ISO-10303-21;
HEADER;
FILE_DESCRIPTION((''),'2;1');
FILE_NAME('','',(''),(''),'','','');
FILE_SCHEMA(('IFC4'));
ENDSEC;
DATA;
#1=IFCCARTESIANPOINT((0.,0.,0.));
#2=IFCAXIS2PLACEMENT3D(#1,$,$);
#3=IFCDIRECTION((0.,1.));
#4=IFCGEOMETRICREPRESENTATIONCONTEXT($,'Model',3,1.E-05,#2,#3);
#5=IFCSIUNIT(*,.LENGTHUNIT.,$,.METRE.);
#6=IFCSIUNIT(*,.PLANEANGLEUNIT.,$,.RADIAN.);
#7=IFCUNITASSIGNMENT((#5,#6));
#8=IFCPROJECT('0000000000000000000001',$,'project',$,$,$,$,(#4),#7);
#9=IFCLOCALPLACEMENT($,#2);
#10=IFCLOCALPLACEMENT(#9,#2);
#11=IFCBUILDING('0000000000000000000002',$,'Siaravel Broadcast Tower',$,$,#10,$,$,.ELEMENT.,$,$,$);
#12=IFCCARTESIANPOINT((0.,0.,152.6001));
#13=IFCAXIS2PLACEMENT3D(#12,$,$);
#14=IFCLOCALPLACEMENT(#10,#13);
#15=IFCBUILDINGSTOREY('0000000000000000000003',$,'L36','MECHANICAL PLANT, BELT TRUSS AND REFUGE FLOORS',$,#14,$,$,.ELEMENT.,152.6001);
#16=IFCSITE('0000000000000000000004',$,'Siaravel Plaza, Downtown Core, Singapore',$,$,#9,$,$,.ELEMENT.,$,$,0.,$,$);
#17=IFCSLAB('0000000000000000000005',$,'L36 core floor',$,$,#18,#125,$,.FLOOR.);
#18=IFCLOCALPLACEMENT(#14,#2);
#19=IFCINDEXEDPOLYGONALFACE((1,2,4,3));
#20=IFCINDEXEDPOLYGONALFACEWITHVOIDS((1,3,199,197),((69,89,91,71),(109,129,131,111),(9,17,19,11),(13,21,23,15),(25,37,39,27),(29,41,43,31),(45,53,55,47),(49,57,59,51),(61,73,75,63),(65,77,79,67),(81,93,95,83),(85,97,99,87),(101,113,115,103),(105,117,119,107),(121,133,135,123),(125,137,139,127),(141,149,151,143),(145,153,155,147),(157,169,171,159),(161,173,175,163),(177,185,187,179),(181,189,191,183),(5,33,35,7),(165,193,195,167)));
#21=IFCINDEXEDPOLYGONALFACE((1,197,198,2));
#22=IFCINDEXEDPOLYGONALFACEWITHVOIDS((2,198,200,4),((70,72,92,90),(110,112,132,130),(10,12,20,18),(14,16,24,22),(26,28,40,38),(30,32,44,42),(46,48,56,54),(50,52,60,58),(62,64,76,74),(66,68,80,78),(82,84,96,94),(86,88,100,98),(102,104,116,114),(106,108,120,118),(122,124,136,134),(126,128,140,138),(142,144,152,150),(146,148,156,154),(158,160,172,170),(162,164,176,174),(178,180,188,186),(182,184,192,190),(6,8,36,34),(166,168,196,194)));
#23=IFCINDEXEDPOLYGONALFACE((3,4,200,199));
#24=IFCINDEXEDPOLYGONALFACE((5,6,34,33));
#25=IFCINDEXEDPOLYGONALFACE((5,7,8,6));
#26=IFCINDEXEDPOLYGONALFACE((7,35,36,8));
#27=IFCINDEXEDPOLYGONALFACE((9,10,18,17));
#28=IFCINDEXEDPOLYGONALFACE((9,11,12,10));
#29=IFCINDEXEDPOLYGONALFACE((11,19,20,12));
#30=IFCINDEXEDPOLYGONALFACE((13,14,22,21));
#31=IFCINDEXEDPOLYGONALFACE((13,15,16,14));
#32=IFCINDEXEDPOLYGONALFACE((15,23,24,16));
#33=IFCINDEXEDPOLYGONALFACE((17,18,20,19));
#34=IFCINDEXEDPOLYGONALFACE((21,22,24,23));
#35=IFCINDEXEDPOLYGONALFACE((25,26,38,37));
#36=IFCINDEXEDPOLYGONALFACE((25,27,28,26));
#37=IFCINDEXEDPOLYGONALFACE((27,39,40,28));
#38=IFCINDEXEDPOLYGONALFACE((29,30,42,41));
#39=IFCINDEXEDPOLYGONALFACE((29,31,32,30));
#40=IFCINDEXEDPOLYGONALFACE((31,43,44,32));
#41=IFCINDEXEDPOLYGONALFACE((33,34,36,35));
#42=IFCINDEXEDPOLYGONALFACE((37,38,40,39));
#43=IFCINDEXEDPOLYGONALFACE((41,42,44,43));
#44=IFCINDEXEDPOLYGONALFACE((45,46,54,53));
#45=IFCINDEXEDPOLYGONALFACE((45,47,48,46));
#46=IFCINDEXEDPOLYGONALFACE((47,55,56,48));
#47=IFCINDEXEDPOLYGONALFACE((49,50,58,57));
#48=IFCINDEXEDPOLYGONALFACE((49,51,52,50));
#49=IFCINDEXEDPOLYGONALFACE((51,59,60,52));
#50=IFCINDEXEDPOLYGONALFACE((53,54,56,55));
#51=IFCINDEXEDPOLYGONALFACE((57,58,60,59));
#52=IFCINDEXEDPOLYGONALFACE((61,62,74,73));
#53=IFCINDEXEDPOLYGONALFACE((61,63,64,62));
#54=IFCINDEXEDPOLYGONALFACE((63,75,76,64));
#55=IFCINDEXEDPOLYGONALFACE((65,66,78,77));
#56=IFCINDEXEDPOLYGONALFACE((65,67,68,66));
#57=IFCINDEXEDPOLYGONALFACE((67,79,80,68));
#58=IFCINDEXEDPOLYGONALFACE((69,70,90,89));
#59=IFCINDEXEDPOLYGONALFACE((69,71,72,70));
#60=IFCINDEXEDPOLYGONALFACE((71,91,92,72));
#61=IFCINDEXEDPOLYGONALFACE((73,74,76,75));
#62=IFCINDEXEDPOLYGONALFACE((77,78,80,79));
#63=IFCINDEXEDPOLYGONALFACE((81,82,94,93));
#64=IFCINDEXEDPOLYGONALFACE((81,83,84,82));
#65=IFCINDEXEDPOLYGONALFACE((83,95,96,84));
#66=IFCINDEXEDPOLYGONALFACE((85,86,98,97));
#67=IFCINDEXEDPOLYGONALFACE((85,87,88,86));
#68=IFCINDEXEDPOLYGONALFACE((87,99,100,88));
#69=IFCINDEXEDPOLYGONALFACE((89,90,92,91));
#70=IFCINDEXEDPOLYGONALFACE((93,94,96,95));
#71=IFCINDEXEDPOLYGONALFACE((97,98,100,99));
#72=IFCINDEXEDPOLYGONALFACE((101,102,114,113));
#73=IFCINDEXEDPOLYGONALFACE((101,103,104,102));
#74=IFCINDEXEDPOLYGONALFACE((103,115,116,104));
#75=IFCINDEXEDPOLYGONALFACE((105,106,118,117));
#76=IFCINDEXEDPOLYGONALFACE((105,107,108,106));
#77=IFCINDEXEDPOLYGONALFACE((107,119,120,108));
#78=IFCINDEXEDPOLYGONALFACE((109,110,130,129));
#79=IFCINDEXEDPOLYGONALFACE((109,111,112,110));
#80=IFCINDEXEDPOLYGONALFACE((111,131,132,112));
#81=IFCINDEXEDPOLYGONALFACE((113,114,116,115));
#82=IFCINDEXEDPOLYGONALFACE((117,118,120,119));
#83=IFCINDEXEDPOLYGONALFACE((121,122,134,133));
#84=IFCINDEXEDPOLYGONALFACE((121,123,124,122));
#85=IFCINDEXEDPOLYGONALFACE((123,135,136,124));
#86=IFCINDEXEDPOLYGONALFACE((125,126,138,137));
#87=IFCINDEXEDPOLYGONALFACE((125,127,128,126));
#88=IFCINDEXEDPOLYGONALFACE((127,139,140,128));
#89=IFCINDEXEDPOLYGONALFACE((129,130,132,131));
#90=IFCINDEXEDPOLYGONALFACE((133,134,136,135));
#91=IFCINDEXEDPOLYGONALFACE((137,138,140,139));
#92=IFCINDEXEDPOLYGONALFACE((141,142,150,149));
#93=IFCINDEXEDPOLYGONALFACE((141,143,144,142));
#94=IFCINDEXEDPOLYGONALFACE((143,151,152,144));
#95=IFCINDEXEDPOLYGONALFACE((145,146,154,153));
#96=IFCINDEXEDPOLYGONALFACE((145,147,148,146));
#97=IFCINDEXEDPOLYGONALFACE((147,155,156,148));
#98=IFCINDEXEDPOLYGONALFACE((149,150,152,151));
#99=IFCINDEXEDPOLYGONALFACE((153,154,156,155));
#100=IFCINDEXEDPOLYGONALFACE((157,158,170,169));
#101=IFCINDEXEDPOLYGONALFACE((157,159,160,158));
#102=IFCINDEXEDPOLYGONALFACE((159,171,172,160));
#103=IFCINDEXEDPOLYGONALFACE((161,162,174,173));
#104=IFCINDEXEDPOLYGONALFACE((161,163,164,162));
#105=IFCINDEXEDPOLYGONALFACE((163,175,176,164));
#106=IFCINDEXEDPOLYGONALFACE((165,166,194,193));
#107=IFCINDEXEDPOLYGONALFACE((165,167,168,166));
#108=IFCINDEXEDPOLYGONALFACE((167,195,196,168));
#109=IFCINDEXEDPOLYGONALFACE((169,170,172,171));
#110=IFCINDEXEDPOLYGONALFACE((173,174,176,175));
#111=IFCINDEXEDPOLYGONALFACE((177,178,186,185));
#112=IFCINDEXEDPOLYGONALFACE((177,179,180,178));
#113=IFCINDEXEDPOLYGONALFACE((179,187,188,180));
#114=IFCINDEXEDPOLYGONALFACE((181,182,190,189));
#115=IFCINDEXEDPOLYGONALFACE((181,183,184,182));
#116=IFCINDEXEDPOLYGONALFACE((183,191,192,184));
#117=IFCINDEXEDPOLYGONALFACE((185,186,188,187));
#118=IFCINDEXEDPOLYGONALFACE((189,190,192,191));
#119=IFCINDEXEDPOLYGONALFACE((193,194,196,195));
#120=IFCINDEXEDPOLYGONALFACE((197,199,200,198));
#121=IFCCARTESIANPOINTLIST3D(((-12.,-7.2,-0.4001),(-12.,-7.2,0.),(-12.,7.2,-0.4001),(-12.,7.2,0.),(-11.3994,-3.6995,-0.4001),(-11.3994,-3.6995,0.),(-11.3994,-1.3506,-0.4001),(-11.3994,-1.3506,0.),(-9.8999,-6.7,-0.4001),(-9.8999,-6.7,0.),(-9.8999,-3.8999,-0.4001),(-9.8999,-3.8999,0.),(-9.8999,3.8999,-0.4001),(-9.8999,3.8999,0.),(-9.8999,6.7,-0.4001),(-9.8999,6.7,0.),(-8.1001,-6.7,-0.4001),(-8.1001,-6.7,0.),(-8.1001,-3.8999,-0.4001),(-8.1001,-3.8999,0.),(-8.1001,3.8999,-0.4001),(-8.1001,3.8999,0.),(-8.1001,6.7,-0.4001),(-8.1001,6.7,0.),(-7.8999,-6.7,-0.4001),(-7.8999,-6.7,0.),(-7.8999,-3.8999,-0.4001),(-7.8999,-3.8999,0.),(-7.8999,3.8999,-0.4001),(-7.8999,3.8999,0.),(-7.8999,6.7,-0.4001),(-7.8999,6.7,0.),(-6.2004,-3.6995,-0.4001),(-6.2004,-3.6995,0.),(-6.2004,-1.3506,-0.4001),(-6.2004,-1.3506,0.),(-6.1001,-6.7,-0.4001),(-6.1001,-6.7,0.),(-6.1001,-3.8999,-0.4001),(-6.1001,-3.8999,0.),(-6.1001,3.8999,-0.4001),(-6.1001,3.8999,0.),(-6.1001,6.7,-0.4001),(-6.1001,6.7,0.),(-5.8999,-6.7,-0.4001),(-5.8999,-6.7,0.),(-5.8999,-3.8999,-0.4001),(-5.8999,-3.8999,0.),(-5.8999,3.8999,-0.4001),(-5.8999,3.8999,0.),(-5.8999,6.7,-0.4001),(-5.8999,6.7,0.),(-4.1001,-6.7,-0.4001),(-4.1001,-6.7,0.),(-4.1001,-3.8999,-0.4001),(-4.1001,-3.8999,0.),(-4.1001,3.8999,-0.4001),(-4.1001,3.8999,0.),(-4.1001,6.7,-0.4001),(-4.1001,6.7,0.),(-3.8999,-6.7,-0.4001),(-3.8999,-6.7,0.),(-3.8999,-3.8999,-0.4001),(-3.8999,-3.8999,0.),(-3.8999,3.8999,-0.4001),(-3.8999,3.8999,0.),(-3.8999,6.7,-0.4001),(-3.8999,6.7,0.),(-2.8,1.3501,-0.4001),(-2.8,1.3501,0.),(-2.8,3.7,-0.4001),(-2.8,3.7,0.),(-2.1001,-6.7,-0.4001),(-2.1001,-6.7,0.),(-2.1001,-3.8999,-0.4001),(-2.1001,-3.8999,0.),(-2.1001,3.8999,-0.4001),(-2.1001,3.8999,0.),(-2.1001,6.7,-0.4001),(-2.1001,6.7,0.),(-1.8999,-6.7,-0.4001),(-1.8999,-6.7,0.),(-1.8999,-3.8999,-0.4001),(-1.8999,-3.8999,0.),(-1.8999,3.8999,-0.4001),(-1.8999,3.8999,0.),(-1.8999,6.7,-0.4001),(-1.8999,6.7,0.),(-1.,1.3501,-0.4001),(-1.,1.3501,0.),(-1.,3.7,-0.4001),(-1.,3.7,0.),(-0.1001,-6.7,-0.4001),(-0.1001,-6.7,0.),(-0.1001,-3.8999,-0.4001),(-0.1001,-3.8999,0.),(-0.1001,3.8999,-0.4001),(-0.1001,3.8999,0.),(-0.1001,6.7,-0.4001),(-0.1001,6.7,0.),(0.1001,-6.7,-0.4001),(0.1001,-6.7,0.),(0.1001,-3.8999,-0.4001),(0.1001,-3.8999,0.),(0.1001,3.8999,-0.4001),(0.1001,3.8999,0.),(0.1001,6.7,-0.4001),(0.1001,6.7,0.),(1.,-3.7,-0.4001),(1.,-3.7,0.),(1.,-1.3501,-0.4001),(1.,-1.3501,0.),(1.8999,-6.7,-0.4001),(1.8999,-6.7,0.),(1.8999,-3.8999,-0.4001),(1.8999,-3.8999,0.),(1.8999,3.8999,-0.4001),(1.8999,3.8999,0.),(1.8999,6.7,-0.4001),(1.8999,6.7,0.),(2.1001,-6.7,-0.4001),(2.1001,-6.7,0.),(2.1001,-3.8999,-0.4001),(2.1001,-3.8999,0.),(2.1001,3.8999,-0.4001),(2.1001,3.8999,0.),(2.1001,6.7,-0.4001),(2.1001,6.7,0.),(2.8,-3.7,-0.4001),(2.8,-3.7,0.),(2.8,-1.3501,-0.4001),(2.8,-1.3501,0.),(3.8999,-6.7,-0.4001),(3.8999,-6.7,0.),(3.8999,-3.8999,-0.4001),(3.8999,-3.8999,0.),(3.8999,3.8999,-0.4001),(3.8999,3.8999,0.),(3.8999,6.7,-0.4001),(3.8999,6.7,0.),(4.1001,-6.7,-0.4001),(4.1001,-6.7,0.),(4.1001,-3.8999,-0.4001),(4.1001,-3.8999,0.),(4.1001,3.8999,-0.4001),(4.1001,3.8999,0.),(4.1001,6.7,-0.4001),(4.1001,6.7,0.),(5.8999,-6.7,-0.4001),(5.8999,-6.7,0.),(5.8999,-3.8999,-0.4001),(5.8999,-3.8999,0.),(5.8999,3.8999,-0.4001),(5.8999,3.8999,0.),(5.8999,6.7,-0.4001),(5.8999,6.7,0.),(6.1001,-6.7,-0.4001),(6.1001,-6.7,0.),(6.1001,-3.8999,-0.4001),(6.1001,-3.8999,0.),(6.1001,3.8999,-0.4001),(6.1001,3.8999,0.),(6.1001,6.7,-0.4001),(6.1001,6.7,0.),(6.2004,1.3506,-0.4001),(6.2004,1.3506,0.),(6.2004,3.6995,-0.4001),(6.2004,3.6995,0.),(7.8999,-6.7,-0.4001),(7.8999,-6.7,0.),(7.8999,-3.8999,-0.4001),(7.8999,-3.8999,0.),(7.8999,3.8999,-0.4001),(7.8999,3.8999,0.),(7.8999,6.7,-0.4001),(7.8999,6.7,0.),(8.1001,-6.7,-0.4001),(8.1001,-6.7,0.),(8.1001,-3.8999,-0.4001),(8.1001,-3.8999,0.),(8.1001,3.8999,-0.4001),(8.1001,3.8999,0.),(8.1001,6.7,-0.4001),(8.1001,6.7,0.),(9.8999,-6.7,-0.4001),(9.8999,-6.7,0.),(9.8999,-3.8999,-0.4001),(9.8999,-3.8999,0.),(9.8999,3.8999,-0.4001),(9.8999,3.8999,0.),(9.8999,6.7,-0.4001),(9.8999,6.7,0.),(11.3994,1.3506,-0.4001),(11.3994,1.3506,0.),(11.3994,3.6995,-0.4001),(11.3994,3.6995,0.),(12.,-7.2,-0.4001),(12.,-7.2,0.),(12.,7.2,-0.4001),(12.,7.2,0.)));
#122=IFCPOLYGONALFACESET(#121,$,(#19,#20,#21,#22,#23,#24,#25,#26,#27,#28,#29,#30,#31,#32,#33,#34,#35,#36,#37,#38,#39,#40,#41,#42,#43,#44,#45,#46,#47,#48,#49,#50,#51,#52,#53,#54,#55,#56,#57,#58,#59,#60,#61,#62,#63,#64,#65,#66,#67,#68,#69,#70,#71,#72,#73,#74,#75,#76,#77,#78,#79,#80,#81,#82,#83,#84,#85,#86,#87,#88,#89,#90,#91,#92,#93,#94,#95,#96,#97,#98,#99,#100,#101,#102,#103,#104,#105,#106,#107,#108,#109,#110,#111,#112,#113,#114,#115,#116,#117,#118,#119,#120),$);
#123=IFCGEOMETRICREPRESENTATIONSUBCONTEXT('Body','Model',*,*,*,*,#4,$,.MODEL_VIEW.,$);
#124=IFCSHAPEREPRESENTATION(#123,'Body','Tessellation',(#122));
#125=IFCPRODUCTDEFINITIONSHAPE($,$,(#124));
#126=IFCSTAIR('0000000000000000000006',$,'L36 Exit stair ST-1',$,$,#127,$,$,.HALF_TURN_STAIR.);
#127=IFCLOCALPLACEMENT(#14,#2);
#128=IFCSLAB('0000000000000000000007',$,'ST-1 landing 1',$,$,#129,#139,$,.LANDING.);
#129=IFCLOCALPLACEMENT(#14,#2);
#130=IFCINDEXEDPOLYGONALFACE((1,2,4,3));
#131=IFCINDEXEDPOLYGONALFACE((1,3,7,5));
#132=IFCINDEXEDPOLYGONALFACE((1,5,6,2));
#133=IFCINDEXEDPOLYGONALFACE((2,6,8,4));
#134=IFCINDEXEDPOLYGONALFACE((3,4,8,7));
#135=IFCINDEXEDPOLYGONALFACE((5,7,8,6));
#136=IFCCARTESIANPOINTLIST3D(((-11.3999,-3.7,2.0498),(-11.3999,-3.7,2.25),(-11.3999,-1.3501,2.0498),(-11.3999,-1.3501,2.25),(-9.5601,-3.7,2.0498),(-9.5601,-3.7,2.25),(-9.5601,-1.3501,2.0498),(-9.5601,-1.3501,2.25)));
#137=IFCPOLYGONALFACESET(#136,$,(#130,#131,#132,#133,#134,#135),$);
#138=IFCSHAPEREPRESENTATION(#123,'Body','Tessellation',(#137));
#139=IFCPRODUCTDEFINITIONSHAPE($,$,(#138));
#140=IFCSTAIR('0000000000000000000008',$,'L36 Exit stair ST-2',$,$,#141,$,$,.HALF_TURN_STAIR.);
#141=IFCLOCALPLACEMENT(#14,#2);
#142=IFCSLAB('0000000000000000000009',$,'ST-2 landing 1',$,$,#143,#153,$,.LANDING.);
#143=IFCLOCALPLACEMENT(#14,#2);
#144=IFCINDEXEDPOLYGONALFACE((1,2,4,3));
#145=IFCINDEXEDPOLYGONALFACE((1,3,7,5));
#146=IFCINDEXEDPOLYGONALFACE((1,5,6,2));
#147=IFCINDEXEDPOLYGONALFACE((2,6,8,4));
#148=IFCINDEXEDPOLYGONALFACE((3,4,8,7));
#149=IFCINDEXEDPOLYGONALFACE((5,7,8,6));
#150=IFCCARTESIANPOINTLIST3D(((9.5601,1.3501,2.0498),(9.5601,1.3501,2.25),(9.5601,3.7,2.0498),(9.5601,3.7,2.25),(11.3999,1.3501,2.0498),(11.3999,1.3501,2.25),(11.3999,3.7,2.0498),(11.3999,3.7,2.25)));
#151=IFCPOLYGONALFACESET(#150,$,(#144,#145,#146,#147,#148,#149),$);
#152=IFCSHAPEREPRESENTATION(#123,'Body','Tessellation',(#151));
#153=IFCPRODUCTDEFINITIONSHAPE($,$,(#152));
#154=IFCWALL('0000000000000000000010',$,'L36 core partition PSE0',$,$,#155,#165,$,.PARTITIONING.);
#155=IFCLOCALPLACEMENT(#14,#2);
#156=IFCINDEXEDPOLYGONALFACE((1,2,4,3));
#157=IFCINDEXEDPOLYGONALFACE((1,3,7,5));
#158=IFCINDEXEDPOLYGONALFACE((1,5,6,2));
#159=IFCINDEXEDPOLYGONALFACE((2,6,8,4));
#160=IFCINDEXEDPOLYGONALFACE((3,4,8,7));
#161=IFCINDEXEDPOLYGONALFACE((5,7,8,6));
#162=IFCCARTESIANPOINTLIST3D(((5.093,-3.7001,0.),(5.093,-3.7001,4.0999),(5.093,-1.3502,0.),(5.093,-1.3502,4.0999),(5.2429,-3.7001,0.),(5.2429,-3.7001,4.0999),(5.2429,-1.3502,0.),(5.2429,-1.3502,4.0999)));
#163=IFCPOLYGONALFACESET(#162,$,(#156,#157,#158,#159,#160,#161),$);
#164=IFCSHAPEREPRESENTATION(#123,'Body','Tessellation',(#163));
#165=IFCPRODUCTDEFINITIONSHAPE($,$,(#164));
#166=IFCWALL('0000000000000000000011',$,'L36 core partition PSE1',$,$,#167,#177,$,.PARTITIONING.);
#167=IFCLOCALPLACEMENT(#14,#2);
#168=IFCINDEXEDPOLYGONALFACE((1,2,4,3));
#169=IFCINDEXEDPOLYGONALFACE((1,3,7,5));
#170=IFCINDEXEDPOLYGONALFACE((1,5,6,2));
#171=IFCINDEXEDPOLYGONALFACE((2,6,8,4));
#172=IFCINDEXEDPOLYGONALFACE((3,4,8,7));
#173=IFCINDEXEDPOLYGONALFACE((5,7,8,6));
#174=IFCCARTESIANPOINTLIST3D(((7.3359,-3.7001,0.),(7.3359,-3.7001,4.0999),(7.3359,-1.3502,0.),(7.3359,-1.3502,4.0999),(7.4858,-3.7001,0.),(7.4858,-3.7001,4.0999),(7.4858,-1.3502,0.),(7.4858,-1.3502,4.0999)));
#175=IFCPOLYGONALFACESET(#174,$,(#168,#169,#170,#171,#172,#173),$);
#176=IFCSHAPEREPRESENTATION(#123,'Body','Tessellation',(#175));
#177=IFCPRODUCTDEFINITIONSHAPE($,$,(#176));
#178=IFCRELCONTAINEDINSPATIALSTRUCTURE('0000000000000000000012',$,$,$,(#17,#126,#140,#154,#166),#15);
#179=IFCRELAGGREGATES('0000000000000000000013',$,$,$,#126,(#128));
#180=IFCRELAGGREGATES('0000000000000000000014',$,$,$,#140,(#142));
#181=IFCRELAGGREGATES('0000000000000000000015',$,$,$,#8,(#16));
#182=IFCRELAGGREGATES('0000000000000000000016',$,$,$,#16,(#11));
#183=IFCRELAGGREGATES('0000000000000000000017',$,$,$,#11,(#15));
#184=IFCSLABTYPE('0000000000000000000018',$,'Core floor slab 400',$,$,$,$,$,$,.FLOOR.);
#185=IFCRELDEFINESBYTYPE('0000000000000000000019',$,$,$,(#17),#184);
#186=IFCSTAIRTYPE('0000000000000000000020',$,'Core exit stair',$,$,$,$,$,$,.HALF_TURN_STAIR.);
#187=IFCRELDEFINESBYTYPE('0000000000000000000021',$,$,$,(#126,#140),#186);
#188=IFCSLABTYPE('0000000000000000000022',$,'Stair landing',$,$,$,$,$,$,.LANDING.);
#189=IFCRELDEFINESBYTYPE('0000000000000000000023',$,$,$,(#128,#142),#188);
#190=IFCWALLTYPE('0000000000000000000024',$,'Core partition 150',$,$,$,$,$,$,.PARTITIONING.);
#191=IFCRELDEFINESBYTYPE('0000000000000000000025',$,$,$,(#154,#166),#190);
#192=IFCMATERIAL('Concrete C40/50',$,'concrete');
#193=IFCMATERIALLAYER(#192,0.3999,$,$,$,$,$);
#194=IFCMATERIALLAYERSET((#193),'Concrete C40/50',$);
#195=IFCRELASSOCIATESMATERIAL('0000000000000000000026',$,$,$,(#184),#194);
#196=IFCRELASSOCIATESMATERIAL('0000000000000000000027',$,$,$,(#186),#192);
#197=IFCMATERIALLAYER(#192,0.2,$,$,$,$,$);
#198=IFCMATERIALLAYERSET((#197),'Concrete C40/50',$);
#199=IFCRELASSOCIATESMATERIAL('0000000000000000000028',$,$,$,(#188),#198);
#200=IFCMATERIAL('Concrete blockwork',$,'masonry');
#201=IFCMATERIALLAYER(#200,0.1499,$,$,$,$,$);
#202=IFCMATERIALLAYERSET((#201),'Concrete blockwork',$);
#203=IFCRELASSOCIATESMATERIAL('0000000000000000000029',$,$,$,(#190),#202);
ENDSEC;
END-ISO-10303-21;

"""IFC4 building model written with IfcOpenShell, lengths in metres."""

from ifc_helpers import new_model, si_unit, direction, frame, frame_2d, origin, place, context, subcontext, project, spatial, polyline, rectangle, outline, extrude, material, layer, layer_set, type_object, element, aggregate, save


model = new_model("IFC4")

# Units and contexts
model_context = context("Model", 3, precision=1e-05, world=origin(), true_north=direction((0.0, 1.0)))
body_context = subcontext(model_context, "Body", "Model", "MODEL_VIEW")
ifc_project = project(units=[si_unit("LENGTHUNIT", "METRE"), si_unit("PLANEANGLEUNIT", "RADIAN")], contexts=[model_context])

# Site, building, storey
site_placement = place(None, origin())
site = spatial("IfcSite", under=ifc_project, at=site_placement, Name="Siaravel Plaza, Downtown Core, Singapore", CompositionType="ELEMENT", RefElevation=0.0)
building_placement = place(site_placement, origin())
building = spatial("IfcBuilding", under=site, at=building_placement, Name="Siaravel Broadcast Tower", CompositionType="ELEMENT")
storey_placement = place(building_placement, frame((0.0, 0.0, 152.6001)))
storey = spatial("IfcBuildingStorey", under=building, at=storey_placement, Name="L36", Description="MECHANICAL PLANT, BELT TRUSS AND REFUGE FLOORS", CompositionType="ELEMENT", Elevation=152.6001)

# Slab
ifc_material_1 = material(Name="Concrete C40/50", Category="concrete")
ifc_layer_1 = layer(ifc_material_1, 0.3999)
ifc_layer_set_1 = layer_set([ifc_layer_1], Name="Concrete C40/50")
slab_type_1 = type_object("IfcSlabType", Name="Core floor slab 400", PredefinedType="FLOOR", material=ifc_layer_set_1)
slab_1_placement = place(storey_placement, frame((0.0, 0.0, -0.4001)))
element("IfcSlab", 1, at=slab_1_placement, inside=storey, type_object=slab_type_1, Name="L36 core floor", PredefinedType="FLOOR", context=body_context, shape_type="SweptSolid", body=[
    extrude(outline(polyline([(-12.0, -7.2), (-12.0, 7.2), (12.0, 7.2), (12.0, -7.2), (-12.0, -7.2)]), holes=[polyline([(11.3994, 1.3506), (11.3994, 3.6995), (6.2004, 3.6995), (6.2004, 1.3506), (11.3994, 1.3506)]), polyline([(9.8999, 3.8999), (9.8999, 6.7), (8.1001, 6.7), (8.1001, 3.8999), (9.8999, 3.8999)]), polyline([(9.8999, -6.7), (9.8999, -3.8999), (8.1001, -3.8999), (8.1001, -6.7), (9.8999, -6.7)]), polyline([(7.8999, -3.8999), (6.1001, -3.8999), (6.1001, -6.7), (7.8999, -6.7), (7.8999, -3.8999)]), polyline([(7.8999, 3.8999), (7.8999, 6.7), (6.1001, 6.7), (6.1001, 3.8999), (7.8999, 3.8999)]), polyline([(5.8999, 6.7), (4.1001, 6.7), (4.1001, 3.8999), (5.8999, 3.8999), (5.8999, 6.7)]), polyline([(5.8999, -6.7), (5.8999, -3.8999), (4.1001, -3.8999), (4.1001, -6.7), (5.8999, -6.7)]), polyline([(3.8999, 3.8999), (3.8999, 6.7), (2.1001, 6.7), (2.1001, 3.8999), (3.8999, 3.8999)]), polyline([(3.8999, -6.7), (3.8999, -3.8999), (2.1001, -3.8999), (2.1001, -6.7), (3.8999, -6.7)]), polyline([(2.8, -3.7), (2.8, -1.3501), (1.0, -1.3501), (1.0, -3.7), (2.8, -3.7)]), polyline([(1.8999, 3.8999), (1.8999, 6.7), (0.1001, 6.7), (0.1001, 3.8999), (1.8999, 3.8999)]), polyline([(1.8999, -3.8999), (0.1001, -3.8999), (0.1001, -6.7), (1.8999, -6.7), (1.8999, -3.8999)]), polyline([(-0.1001, 3.8999), (-0.1001, 6.7), (-1.8999, 6.7), (-1.8999, 3.8999), (-0.1001, 3.8999)]), polyline([(-0.1001, -6.7), (-0.1001, -3.8999), (-1.8999, -3.8999), (-1.8999, -6.7), (-0.1001, -6.7)]), polyline([(-1.0, 3.7), (-2.8, 3.7), (-2.8, 1.3501), (-1.0, 1.3501), (-1.0, 3.7)]), polyline([(-2.1001, -3.8999), (-3.8999, -3.8999), (-3.8999, -6.7), (-2.1001, -6.7), (-2.1001, -3.8999)]), polyline([(-2.1001, 3.8999), (-2.1001, 6.7), (-3.8999, 6.7), (-3.8999, 3.8999), (-2.1001, 3.8999)]), polyline([(-4.1001, 6.7), (-5.8999, 6.7), (-5.8999, 3.8999), (-4.1001, 3.8999), (-4.1001, 6.7)]), polyline([(-4.1001, -6.7), (-4.1001, -3.8999), (-5.8999, -3.8999), (-5.8999, -6.7), (-4.1001, -6.7)]), polyline([(-6.1001, 3.8999), (-6.1001, 6.7), (-7.8999, 6.7), (-7.8999, 3.8999), (-6.1001, 3.8999)]), polyline([(-6.1001, -6.7), (-6.1001, -3.8999), (-7.8999, -3.8999), (-7.8999, -6.7), (-6.1001, -6.7)]), polyline([(-6.2004, -1.3506), (-11.3994, -1.3506), (-11.3994, -3.6995), (-6.2004, -3.6995), (-6.2004, -1.3506)]), polyline([(-8.1001, 3.8999), (-8.1001, 6.7), (-9.8999, 6.7), (-9.8999, 3.8999), (-8.1001, 3.8999)]), polyline([(-8.1001, -3.8999), (-9.8999, -3.8999), (-9.8999, -6.7), (-8.1001, -6.7), (-8.1001, -3.8999)])]), origin(), (0.0, 0.0, 1.0), 0.4001),
])

# Stairs, slabs
stair_type = type_object("IfcStairType", Name="Core exit stair", PredefinedType="HALF_TURN_STAIR", material=ifc_material_1)
stair_1_placement = place(storey_placement, origin())
stair_1 = element("IfcStair", 2, at=stair_1_placement, inside=storey, type_object=stair_type, Name="L36 Exit stair ST-1", PredefinedType="HALF_TURN_STAIR")
ifc_layer_2 = layer(ifc_material_1, 0.2)
ifc_layer_set_2 = layer_set([ifc_layer_2], Name="Concrete C40/50")
slab_type_2 = type_object("IfcSlabType", Name="Stair landing", PredefinedType="LANDING", material=ifc_layer_set_2)
slab_2_placement = place(storey_placement, frame((0.0, 0.0, 2.0498)))
slab_2 = element("IfcSlab", 3, at=slab_2_placement, type_object=slab_type_2, Name="ST-1 landing 1", PredefinedType="LANDING", context=body_context, shape_type="SweptSolid", body=[
    extrude(outline(polyline([(-9.5601, -1.3501), (-11.3999, -1.3501), (-11.3999, -3.7), (-9.5601, -3.7), (-9.5601, -1.3501)])), origin(), (0.0, 0.0, 1.0), 0.2002),
])
aggregate(stair_1, [slab_2])
stair_2_placement = place(storey_placement, origin())
stair_2 = element("IfcStair", 4, at=stair_2_placement, inside=storey, type_object=stair_type, Name="L36 Exit stair ST-2", PredefinedType="HALF_TURN_STAIR")
slab_3_placement = place(storey_placement, frame((0.0, 0.0, 2.0498)))
slab_3 = element("IfcSlab", 5, at=slab_3_placement, type_object=slab_type_2, Name="ST-2 landing 1", PredefinedType="LANDING", context=body_context, shape_type="SweptSolid", body=[
    extrude(outline(polyline([(9.5601, 1.3501), (11.3999, 1.3501), (11.3999, 3.7), (9.5601, 3.7), (9.5601, 1.3501)])), origin(), (0.0, 0.0, 1.0), 0.2002),
])
aggregate(stair_2, [slab_3])

# Walls
ifc_material_2 = material(Name="Concrete blockwork", Category="masonry")
ifc_layer_3 = layer(ifc_material_2, 0.1499)
ifc_layer_set_3 = layer_set([ifc_layer_3], Name="Concrete blockwork")
wall_type_1 = type_object("IfcWallType", Name="Core partition 150", PredefinedType="PARTITIONING", material=ifc_layer_set_3)
for number, where, z_axis, x_axis, name in (
    (6, (5.168, -3.7, 0.0), (0.0, 0.0, 1.0), (0.0, 1.0, 0.0), "L36 core partition PSE0"),
    (7, (7.4109, -3.7, 0.0), (0.0, 0.0, 1.0), (0.0, 1.0, 0.0), "L36 core partition PSE1"),
):
    element("IfcWall", number, at=place(storey_placement, frame(where, z_axis=z_axis, x_axis=x_axis)), inside=storey, type_object=wall_type_1, Name=name, PredefinedType="PARTITIONING", context=body_context, shape_type="SweptSolid", body=[
        extrude(rectangle(XDim=2.3499, YDim=0.1499, at=frame_2d((1.1748, 0.0))), origin(), (0.0, 0.0, 1.0), 4.0999),
    ])

save(model, "model.ifc")
